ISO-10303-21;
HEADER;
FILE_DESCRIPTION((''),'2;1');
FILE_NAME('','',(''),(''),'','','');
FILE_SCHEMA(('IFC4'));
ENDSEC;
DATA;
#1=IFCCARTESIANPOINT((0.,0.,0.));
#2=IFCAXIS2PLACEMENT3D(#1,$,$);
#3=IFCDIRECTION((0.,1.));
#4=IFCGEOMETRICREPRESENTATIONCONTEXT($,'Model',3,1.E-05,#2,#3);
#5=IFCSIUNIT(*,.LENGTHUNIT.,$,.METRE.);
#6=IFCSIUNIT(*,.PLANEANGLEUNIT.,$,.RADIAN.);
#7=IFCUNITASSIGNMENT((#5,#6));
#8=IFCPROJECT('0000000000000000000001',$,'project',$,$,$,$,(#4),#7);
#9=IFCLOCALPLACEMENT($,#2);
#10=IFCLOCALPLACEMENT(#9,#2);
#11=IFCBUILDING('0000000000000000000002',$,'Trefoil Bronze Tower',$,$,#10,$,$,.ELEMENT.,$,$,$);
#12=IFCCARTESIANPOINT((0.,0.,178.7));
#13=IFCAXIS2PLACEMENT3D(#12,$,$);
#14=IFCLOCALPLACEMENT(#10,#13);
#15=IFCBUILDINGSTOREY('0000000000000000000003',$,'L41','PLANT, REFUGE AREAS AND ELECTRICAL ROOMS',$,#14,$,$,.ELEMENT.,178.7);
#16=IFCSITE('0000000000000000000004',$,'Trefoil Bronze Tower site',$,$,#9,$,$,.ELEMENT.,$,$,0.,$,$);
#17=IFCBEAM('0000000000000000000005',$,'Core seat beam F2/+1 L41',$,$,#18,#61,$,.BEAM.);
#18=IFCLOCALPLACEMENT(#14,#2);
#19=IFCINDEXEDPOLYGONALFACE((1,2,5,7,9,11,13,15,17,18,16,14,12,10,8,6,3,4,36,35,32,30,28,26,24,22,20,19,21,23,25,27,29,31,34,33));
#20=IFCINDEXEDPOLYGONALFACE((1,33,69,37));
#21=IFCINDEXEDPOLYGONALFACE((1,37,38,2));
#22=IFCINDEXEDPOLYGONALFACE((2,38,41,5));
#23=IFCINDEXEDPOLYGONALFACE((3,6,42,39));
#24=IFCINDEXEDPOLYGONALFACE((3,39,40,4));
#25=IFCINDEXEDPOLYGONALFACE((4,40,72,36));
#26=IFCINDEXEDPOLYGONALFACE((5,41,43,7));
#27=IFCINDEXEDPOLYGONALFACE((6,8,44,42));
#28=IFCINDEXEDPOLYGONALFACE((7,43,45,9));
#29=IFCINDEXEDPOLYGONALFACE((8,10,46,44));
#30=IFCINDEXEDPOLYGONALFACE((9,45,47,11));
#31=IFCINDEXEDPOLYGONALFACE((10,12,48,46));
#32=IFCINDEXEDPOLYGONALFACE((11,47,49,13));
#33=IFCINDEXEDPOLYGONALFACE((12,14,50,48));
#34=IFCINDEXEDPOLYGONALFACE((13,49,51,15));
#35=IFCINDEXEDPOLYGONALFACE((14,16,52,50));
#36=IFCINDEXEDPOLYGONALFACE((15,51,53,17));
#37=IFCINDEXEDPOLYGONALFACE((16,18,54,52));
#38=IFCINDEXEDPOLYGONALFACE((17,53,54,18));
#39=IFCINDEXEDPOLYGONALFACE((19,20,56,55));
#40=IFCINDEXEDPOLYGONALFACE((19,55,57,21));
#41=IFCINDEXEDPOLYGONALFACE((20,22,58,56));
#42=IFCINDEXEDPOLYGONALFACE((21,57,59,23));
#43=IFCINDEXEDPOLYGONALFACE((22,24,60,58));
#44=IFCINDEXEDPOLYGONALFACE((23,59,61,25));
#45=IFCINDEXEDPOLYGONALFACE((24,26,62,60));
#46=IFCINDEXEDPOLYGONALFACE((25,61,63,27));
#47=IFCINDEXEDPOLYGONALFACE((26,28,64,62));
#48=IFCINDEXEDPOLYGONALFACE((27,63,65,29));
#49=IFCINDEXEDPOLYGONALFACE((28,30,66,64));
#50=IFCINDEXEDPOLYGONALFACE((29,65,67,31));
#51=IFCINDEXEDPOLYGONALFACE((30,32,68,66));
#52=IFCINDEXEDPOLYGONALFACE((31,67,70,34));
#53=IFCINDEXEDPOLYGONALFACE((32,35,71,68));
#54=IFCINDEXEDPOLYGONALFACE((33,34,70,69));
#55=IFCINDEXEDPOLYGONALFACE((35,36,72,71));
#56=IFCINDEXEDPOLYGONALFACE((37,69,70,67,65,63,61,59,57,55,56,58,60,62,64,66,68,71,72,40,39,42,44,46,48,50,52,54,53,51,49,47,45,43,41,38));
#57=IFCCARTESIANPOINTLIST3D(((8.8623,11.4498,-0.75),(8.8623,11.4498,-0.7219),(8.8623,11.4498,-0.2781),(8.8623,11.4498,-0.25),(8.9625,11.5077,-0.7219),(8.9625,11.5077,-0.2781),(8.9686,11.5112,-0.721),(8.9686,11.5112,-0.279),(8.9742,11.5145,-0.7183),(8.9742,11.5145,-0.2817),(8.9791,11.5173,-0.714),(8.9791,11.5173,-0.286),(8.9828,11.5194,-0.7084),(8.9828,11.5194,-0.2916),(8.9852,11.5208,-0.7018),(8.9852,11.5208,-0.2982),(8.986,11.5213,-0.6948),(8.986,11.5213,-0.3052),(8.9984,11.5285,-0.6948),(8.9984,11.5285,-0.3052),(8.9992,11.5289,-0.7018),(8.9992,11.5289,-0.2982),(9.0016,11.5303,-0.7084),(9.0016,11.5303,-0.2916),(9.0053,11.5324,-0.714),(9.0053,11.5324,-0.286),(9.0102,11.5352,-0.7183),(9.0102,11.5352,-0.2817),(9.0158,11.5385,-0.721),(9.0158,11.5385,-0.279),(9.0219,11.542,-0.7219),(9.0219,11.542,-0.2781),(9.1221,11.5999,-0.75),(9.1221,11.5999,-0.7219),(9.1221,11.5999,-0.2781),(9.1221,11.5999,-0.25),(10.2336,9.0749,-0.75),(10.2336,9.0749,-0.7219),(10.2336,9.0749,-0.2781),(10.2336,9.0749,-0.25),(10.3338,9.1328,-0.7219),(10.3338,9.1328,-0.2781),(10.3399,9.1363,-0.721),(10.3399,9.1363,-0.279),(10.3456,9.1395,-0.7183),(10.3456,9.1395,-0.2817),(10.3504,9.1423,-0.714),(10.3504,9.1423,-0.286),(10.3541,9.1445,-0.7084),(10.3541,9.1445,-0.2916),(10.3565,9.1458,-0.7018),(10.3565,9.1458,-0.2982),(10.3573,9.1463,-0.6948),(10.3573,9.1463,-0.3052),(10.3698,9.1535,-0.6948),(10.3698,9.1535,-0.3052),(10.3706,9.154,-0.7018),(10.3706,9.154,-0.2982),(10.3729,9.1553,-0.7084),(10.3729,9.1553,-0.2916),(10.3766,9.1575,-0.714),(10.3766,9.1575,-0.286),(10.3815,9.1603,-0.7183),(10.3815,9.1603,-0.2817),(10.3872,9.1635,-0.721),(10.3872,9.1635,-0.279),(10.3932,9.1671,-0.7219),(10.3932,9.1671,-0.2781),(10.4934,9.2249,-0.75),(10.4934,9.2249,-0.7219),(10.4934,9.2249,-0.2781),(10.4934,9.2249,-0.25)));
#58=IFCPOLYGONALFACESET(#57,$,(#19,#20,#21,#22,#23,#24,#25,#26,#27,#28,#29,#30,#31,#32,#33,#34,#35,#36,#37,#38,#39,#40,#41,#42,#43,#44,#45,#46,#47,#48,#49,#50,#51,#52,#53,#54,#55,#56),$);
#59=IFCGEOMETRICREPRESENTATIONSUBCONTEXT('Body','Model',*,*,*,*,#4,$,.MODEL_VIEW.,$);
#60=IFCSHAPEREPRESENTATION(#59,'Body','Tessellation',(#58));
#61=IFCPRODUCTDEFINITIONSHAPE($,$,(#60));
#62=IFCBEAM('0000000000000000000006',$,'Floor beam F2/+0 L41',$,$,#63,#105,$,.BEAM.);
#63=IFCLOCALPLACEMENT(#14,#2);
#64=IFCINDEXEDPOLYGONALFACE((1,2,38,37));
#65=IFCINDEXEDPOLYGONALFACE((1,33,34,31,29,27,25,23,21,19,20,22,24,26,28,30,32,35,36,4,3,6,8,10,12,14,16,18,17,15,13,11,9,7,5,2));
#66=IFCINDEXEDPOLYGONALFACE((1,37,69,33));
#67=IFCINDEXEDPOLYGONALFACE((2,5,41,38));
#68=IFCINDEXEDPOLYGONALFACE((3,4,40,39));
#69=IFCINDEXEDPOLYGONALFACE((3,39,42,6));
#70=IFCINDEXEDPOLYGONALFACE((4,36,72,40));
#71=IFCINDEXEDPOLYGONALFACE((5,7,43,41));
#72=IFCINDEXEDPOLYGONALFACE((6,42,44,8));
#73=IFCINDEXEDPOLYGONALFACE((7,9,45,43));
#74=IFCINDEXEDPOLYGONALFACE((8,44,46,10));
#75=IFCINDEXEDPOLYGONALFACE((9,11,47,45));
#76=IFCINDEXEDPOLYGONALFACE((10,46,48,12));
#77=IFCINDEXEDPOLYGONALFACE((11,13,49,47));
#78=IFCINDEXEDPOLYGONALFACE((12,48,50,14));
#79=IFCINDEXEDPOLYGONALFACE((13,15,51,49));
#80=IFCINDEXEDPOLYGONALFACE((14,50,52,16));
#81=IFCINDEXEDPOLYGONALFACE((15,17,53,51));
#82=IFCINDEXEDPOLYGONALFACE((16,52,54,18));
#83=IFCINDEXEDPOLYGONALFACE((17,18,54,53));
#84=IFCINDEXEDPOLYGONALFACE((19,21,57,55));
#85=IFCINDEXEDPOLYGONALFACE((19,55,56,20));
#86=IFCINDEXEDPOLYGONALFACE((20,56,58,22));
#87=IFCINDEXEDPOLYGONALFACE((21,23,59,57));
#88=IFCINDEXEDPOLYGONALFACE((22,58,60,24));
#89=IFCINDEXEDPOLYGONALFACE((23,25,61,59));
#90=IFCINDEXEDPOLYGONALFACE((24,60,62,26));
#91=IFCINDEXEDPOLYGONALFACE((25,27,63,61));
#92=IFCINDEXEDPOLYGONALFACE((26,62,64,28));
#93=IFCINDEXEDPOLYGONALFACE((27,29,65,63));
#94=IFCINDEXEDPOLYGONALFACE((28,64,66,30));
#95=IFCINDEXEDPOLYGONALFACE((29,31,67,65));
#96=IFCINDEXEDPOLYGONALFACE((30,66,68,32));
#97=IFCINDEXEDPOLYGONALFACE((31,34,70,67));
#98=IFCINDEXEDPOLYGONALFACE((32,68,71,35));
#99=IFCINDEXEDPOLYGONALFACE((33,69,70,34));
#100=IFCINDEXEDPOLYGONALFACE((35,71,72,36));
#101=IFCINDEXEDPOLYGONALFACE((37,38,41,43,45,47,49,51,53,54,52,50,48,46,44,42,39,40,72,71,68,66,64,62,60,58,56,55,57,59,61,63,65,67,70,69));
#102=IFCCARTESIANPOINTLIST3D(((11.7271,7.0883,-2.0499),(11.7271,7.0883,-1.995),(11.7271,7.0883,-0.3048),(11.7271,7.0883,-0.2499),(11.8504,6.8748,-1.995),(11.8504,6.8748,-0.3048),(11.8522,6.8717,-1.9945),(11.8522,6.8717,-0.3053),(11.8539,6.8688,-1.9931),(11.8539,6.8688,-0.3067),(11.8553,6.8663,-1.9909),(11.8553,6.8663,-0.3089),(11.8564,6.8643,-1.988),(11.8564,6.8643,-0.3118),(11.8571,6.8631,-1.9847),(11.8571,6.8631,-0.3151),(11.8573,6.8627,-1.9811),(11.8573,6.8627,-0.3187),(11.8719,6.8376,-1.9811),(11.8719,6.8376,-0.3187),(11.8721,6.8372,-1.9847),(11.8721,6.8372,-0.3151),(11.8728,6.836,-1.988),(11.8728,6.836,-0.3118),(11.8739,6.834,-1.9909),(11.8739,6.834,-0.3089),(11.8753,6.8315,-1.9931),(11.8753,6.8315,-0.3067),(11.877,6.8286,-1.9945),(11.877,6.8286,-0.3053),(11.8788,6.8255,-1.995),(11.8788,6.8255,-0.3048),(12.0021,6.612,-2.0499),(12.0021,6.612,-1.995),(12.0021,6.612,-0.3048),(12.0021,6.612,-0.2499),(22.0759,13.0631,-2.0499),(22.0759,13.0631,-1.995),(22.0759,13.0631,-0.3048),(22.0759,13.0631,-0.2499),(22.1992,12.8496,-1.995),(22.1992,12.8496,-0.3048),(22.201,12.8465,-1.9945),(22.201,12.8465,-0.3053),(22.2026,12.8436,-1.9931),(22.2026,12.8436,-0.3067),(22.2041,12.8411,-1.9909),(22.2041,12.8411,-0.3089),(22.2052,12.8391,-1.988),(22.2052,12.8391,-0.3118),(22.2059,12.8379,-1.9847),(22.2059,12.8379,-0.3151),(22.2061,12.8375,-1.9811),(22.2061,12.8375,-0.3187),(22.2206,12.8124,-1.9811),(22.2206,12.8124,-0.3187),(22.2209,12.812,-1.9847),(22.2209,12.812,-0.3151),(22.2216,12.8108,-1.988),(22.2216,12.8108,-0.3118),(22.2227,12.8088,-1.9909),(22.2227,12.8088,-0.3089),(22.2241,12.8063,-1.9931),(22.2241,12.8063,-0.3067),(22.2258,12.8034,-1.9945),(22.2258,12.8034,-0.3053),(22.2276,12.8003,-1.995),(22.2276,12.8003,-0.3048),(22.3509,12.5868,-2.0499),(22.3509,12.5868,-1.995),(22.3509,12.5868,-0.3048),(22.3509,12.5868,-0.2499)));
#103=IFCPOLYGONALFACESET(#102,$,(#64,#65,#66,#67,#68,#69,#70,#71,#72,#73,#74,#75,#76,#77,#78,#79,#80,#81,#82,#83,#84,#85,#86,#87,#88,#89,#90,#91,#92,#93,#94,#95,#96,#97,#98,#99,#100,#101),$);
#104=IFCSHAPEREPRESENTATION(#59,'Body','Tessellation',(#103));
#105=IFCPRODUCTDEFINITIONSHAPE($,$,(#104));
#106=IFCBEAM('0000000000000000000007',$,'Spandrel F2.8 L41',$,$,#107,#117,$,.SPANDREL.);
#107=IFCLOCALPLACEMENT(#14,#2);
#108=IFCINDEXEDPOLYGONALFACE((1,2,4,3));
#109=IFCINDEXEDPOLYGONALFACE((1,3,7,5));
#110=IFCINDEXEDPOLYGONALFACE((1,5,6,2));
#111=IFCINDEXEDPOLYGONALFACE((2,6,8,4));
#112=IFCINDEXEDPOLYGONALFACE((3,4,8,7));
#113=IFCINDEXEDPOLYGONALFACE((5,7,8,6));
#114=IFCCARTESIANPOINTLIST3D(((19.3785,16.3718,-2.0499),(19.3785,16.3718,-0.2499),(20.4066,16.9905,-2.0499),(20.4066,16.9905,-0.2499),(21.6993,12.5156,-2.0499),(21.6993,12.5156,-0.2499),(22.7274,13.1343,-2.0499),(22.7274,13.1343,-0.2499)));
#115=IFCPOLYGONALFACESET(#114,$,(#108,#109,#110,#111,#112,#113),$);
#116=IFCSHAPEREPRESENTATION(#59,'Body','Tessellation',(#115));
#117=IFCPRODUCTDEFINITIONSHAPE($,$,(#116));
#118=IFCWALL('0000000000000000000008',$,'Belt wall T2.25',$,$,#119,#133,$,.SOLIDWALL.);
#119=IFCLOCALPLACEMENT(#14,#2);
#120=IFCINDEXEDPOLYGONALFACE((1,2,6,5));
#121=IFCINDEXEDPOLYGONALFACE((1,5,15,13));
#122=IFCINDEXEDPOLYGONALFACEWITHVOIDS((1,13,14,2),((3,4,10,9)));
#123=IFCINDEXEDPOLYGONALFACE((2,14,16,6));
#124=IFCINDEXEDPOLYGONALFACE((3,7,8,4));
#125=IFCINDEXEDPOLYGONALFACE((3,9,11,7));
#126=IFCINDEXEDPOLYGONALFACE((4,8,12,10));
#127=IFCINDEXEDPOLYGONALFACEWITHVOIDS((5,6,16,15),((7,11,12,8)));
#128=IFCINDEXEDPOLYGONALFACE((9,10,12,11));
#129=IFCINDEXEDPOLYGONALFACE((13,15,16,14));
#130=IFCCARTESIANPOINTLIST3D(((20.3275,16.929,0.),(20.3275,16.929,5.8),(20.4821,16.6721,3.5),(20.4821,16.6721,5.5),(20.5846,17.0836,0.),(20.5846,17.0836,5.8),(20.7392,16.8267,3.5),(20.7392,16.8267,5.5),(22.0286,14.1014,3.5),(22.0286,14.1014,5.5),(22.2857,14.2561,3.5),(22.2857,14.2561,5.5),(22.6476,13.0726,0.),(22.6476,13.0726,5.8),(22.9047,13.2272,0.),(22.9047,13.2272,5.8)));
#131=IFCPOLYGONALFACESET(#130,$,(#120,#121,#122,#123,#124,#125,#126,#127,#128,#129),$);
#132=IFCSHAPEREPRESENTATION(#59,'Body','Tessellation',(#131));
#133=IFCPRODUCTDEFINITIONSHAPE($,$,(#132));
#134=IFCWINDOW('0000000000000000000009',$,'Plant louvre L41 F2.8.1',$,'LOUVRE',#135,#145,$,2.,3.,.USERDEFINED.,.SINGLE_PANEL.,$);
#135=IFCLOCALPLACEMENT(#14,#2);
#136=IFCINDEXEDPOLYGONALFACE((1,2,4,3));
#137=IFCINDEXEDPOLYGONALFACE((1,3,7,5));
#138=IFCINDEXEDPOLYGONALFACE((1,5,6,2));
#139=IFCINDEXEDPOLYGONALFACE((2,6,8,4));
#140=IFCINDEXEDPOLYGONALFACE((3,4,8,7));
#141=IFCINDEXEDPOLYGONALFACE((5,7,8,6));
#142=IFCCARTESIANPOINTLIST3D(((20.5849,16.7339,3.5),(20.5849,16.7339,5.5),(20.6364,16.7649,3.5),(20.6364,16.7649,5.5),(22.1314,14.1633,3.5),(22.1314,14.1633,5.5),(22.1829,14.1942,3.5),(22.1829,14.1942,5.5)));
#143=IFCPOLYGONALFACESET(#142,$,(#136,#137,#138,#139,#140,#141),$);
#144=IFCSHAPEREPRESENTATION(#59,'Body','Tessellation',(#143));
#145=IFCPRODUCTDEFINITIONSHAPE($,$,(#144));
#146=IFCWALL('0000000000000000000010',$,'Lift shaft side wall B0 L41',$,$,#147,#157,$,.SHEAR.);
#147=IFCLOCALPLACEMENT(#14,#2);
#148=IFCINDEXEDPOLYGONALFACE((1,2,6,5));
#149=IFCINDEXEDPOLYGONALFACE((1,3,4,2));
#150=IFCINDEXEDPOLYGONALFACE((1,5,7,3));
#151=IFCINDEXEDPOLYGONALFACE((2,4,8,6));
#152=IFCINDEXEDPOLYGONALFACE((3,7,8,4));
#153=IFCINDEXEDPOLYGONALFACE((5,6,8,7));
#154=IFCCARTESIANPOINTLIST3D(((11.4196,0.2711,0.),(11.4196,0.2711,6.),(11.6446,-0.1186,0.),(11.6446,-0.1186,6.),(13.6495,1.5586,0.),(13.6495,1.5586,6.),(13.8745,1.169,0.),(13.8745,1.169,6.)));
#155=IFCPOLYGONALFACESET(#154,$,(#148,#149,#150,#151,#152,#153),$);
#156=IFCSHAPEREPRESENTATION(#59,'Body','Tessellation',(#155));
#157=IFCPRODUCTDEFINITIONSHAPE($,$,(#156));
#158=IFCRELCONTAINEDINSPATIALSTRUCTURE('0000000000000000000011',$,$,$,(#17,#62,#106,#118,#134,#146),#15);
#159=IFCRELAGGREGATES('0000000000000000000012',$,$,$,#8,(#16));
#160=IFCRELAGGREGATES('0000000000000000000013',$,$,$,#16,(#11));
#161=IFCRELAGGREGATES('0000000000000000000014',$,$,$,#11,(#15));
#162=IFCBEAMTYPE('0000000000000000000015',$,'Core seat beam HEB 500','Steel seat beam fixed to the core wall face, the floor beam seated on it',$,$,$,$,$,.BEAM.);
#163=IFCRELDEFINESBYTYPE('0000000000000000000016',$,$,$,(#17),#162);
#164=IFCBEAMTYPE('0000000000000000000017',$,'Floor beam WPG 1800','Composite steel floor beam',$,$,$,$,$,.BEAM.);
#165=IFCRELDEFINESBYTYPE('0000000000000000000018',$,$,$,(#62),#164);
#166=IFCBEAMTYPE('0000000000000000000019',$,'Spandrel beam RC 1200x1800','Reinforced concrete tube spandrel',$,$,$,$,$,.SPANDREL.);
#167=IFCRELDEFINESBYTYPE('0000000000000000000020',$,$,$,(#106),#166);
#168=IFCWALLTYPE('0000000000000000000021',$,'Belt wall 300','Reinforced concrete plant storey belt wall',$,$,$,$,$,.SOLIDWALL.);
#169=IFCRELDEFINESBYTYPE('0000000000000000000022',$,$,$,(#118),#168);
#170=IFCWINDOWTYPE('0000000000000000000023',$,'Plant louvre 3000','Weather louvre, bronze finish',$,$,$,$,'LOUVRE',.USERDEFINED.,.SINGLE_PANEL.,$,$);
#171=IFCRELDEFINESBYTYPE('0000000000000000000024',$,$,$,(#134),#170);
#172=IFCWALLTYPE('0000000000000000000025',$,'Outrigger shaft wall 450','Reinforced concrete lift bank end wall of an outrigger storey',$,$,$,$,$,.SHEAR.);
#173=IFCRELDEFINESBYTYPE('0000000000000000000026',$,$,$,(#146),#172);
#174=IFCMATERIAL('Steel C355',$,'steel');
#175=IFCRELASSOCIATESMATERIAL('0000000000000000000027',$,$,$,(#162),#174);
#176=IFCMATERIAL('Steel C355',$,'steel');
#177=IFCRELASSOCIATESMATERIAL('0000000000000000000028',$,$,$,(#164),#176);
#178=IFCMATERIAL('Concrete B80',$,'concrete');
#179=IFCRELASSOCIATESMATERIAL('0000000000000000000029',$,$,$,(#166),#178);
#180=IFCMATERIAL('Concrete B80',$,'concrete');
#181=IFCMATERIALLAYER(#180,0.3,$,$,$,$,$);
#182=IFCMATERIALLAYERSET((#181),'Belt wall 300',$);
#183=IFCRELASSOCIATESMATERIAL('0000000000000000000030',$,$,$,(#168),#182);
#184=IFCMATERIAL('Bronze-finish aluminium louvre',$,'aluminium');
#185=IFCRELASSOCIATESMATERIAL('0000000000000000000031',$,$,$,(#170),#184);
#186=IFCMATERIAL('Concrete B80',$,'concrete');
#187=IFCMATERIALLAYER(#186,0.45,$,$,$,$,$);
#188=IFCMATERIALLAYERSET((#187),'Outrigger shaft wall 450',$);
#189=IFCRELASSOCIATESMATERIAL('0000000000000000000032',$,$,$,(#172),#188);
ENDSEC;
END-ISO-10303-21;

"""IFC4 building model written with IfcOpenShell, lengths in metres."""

from ifc_helpers import new_model, si_unit, direction, frame, frame_2d, origin, origin_2d, place, context, subcontext, project, spatial, rectangle, i_section, extrude, material, layer, layer_set, material_profile, profile_set, type_object, element, fill, save


model = new_model("IFC4")

# Units and contexts
model_context = context("Model", 3, precision=1e-05, world=origin(), true_north=direction((0.0, 1.0)))
body_context = subcontext(model_context, "Body", "Model", "MODEL_VIEW")
ifc_project = project(units=[si_unit("LENGTHUNIT", "METRE"), si_unit("PLANEANGLEUNIT", "RADIAN")], contexts=[model_context])

# Site, building, storey
site_placement = place(None, origin())
site = spatial("IfcSite", under=ifc_project, at=site_placement, Name="Trefoil Bronze Tower site", CompositionType="ELEMENT", RefElevation=0.0)
building_placement = place(site_placement, origin())
building = spatial("IfcBuilding", under=site, at=building_placement, Name="Trefoil Bronze Tower", CompositionType="ELEMENT")
storey_placement = place(building_placement, frame((0.0, 0.0, 178.7)))
storey = spatial("IfcBuildingStorey", under=building, at=storey_placement, Name="L41", Description="PLANT, REFUGE AREAS AND ELECTRICAL ROOMS", CompositionType="ELEMENT", Elevation=178.7)

# Beams
ifc_material_1 = material(Name="Steel C355", Category="steel")
ifc_material_profile_1 = material_profile(ifc_material_1, i_section(OverallWidth=0.3, OverallDepth=0.5, WebThickness=0.0144, FlangeThickness=0.0281, FilletRadius=0.0271, at=origin_2d()), Name="HEB 500")
ifc_profile_set_1 = profile_set([ifc_material_profile_1], Name="Steel C355")
beam_type_1 = type_object("IfcBeamType", Name="Core seat beam HEB 500", Description="Steel seat beam fixed to the core wall face, the floor beam seated on it", PredefinedType="BEAM", material=ifc_profile_set_1)
for number, where, z_axis, x_axis, name in (
    (1, (10.3635, 9.1499, -0.5), (-0.500036, 0.866005, 0.0), (-0.866005, -0.500036, 0.0), "Core seat beam F2/+1 L41"),
):
    element("IfcBeam", number, at=place(storey_placement, frame(where, z_axis=z_axis, x_axis=x_axis)), inside=storey, type_object=beam_type_1, Name=name, PredefinedType="BEAM", context=body_context, shape_type="SweptSolid", body=[
        extrude(i_section(OverallWidth=0.3, OverallDepth=0.5, WebThickness=0.0144, FlangeThickness=0.0281, FilletRadius=0.0271, at=origin_2d()), origin(), (0.0, 0.0, 1.0), 2.7424),
    ])
ifc_material_2 = material(Name="Steel C355", Category="steel")
ifc_material_profile_2 = material_profile(ifc_material_2, i_section(OverallWidth=0.55, OverallDepth=1.8, WebThickness=0.0291, FlangeThickness=0.0549, FilletRadius=0.0139, at=origin_2d()), Name="WPG 1800")
ifc_profile_set_2 = profile_set([ifc_material_profile_2], Name="Steel C355")
beam_type_2 = type_object("IfcBeamType", Name="Floor beam WPG 1800", Description="Composite steel floor beam", PredefinedType="BEAM", material=ifc_profile_set_2)
beam_1_placement = place(storey_placement, frame((22.2134, 12.825, -1.1499), z_axis=(-0.866028, -0.499995, 0.0), x_axis=(0.499995, -0.866028, 0.0)))
element("IfcBeam", 2, at=beam_1_placement, inside=storey, type_object=beam_type_2, Name="Floor beam F2/+0 L41", PredefinedType="BEAM", context=body_context, shape_type="SweptSolid", body=[
    extrude(i_section(OverallWidth=0.55, OverallDepth=1.8, WebThickness=0.0291, FlangeThickness=0.0549, FilletRadius=0.0139, at=origin_2d()), origin(), (0.0, 0.0, 1.0), 11.9497),
])
ifc_material_3 = material(Name="Concrete B80", Category="concrete")
ifc_material_profile_3 = material_profile(ifc_material_3, rectangle(XDim=1.2, YDim=1.8, at=origin_2d()), Name="RC 1200x1800")
ifc_profile_set_3 = profile_set([ifc_material_profile_3], Name="Concrete B80")
beam_type_3 = type_object("IfcBeamType", Name="Spandrel beam RC 1200x1800", Description="Reinforced concrete tube spandrel", PredefinedType="SPANDREL", material=ifc_profile_set_3)
beam_2_placement = place(storey_placement, frame((22.2134, 12.825, -1.1499), z_axis=(-0.515652, 0.856798, 0.0), x_axis=(-0.856798, -0.515652, 0.0)))
element("IfcBeam", 3, at=beam_2_placement, inside=storey, type_object=beam_type_3, Name="Spandrel F2.8 L41", PredefinedType="SPANDREL", context=body_context, shape_type="SweptSolid", body=[
    extrude(rectangle(XDim=1.2, YDim=1.8, at=origin_2d()), origin(), (0.0, 0.0, 1.0), 4.5007),
])

# Wall, opening, window
ifc_material_4 = material(Name="Concrete B80", Category="concrete")
ifc_layer_1 = layer(ifc_material_4, 0.3)
ifc_layer_set_1 = layer_set([ifc_layer_1], Name="Belt wall 300")
wall_type_1 = type_object("IfcWallType", Name="Belt wall 300", Description="Reinforced concrete plant storey belt wall", PredefinedType="SOLIDWALL", material=ifc_layer_set_1)
wall_1_placement = place(storey_placement, frame((22.7761, 13.1499, 0.0), z_axis=(0.0, 0.0, 1.0), x_axis=(-0.515509, 0.856884, 0.0)))
wall_1 = element("IfcWall", 4, at=wall_1_placement, inside=storey, type_object=wall_type_1, Name="Belt wall T2.25", PredefinedType="SOLIDWALL", context=body_context, shape_type="SweptSolid", body=[
    extrude(rectangle(XDim=4.5005, YDim=0.3, at=frame_2d((2.2502, 0.0))), origin(), (0.0, 0.0, 1.0), 5.8),
])
opening_1_placement = place(wall_1_placement, frame((1.2007, 0.0, 3.5)))
opening_1 = element("IfcOpeningElement", 5, at=opening_1_placement, cuts=wall_1, PredefinedType="OPENING", context=body_context, shape_type="SweptSolid", body=[
    extrude(rectangle(XDim=3.0, YDim=2.0, at=frame_2d((1.5, 1.0))), frame((0.0, 0.1599, 0.0), z_axis=(0.0, -1.0, 0.0), x_axis=(1.0, 0.0, 0.0)), (0.0, 0.0, 1.0), 0.3201),
])
ifc_material_5 = material(Name="Bronze-finish aluminium louvre", Category="aluminium")
window_type = type_object("IfcWindowType", Name="Plant louvre 3000", Description="Weather louvre, bronze finish", ElementType="LOUVRE", PartitioningType="SINGLE_PANEL", PredefinedType="USERDEFINED", material=ifc_material_5)
window_placement = place(opening_1_placement, origin())
window = element("IfcWindow", 6, at=window_placement, inside=storey, type_object=window_type, Name="Plant louvre L41 F2.8.1", ObjectType="LOUVRE", OverallHeight=2.0, OverallWidth=3.0, PartitioningType="SINGLE_PANEL", PredefinedType="USERDEFINED", context=body_context, shape_type="SweptSolid", body=[
    extrude(rectangle(XDim=3.0, YDim=2.0, at=frame_2d((1.5, 1.0))), frame((0.0, 0.03, 0.0), z_axis=(0.0, -1.0, 0.0), x_axis=(1.0, 0.0, 0.0)), (0.0, 0.0, 1.0), 0.0601),
])
fill(opening_1, window)

# Wall
ifc_material_6 = material(Name="Concrete B80", Category="concrete")
ifc_layer_2 = layer(ifc_material_6, 0.45)
ifc_layer_set_2 = layer_set([ifc_layer_2], Name="Outrigger shaft wall 450")
wall_type_2 = type_object("IfcWallType", Name="Outrigger shaft wall 450", Description="Reinforced concrete lift bank end wall of an outrigger storey", PredefinedType="SHEAR", material=ifc_layer_set_2)
wall_2_placement = place(storey_placement, frame((11.532, 0.0762, 0.0), z_axis=(0.0, 0.0, 1.0), x_axis=(0.866006, 0.500034, 0.0)))
element("IfcWall", 7, at=wall_2_placement, inside=storey, type_object=wall_type_2, Name="Lift shaft side wall B0 L41", PredefinedType="SHEAR", context=body_context, shape_type="SweptSolid", body=[
    extrude(rectangle(XDim=2.575, YDim=0.45, at=frame_2d((1.2876, 0.0))), origin(), (0.0, 0.0, 1.0), 6.0),
])

save(model, "model.ifc")
